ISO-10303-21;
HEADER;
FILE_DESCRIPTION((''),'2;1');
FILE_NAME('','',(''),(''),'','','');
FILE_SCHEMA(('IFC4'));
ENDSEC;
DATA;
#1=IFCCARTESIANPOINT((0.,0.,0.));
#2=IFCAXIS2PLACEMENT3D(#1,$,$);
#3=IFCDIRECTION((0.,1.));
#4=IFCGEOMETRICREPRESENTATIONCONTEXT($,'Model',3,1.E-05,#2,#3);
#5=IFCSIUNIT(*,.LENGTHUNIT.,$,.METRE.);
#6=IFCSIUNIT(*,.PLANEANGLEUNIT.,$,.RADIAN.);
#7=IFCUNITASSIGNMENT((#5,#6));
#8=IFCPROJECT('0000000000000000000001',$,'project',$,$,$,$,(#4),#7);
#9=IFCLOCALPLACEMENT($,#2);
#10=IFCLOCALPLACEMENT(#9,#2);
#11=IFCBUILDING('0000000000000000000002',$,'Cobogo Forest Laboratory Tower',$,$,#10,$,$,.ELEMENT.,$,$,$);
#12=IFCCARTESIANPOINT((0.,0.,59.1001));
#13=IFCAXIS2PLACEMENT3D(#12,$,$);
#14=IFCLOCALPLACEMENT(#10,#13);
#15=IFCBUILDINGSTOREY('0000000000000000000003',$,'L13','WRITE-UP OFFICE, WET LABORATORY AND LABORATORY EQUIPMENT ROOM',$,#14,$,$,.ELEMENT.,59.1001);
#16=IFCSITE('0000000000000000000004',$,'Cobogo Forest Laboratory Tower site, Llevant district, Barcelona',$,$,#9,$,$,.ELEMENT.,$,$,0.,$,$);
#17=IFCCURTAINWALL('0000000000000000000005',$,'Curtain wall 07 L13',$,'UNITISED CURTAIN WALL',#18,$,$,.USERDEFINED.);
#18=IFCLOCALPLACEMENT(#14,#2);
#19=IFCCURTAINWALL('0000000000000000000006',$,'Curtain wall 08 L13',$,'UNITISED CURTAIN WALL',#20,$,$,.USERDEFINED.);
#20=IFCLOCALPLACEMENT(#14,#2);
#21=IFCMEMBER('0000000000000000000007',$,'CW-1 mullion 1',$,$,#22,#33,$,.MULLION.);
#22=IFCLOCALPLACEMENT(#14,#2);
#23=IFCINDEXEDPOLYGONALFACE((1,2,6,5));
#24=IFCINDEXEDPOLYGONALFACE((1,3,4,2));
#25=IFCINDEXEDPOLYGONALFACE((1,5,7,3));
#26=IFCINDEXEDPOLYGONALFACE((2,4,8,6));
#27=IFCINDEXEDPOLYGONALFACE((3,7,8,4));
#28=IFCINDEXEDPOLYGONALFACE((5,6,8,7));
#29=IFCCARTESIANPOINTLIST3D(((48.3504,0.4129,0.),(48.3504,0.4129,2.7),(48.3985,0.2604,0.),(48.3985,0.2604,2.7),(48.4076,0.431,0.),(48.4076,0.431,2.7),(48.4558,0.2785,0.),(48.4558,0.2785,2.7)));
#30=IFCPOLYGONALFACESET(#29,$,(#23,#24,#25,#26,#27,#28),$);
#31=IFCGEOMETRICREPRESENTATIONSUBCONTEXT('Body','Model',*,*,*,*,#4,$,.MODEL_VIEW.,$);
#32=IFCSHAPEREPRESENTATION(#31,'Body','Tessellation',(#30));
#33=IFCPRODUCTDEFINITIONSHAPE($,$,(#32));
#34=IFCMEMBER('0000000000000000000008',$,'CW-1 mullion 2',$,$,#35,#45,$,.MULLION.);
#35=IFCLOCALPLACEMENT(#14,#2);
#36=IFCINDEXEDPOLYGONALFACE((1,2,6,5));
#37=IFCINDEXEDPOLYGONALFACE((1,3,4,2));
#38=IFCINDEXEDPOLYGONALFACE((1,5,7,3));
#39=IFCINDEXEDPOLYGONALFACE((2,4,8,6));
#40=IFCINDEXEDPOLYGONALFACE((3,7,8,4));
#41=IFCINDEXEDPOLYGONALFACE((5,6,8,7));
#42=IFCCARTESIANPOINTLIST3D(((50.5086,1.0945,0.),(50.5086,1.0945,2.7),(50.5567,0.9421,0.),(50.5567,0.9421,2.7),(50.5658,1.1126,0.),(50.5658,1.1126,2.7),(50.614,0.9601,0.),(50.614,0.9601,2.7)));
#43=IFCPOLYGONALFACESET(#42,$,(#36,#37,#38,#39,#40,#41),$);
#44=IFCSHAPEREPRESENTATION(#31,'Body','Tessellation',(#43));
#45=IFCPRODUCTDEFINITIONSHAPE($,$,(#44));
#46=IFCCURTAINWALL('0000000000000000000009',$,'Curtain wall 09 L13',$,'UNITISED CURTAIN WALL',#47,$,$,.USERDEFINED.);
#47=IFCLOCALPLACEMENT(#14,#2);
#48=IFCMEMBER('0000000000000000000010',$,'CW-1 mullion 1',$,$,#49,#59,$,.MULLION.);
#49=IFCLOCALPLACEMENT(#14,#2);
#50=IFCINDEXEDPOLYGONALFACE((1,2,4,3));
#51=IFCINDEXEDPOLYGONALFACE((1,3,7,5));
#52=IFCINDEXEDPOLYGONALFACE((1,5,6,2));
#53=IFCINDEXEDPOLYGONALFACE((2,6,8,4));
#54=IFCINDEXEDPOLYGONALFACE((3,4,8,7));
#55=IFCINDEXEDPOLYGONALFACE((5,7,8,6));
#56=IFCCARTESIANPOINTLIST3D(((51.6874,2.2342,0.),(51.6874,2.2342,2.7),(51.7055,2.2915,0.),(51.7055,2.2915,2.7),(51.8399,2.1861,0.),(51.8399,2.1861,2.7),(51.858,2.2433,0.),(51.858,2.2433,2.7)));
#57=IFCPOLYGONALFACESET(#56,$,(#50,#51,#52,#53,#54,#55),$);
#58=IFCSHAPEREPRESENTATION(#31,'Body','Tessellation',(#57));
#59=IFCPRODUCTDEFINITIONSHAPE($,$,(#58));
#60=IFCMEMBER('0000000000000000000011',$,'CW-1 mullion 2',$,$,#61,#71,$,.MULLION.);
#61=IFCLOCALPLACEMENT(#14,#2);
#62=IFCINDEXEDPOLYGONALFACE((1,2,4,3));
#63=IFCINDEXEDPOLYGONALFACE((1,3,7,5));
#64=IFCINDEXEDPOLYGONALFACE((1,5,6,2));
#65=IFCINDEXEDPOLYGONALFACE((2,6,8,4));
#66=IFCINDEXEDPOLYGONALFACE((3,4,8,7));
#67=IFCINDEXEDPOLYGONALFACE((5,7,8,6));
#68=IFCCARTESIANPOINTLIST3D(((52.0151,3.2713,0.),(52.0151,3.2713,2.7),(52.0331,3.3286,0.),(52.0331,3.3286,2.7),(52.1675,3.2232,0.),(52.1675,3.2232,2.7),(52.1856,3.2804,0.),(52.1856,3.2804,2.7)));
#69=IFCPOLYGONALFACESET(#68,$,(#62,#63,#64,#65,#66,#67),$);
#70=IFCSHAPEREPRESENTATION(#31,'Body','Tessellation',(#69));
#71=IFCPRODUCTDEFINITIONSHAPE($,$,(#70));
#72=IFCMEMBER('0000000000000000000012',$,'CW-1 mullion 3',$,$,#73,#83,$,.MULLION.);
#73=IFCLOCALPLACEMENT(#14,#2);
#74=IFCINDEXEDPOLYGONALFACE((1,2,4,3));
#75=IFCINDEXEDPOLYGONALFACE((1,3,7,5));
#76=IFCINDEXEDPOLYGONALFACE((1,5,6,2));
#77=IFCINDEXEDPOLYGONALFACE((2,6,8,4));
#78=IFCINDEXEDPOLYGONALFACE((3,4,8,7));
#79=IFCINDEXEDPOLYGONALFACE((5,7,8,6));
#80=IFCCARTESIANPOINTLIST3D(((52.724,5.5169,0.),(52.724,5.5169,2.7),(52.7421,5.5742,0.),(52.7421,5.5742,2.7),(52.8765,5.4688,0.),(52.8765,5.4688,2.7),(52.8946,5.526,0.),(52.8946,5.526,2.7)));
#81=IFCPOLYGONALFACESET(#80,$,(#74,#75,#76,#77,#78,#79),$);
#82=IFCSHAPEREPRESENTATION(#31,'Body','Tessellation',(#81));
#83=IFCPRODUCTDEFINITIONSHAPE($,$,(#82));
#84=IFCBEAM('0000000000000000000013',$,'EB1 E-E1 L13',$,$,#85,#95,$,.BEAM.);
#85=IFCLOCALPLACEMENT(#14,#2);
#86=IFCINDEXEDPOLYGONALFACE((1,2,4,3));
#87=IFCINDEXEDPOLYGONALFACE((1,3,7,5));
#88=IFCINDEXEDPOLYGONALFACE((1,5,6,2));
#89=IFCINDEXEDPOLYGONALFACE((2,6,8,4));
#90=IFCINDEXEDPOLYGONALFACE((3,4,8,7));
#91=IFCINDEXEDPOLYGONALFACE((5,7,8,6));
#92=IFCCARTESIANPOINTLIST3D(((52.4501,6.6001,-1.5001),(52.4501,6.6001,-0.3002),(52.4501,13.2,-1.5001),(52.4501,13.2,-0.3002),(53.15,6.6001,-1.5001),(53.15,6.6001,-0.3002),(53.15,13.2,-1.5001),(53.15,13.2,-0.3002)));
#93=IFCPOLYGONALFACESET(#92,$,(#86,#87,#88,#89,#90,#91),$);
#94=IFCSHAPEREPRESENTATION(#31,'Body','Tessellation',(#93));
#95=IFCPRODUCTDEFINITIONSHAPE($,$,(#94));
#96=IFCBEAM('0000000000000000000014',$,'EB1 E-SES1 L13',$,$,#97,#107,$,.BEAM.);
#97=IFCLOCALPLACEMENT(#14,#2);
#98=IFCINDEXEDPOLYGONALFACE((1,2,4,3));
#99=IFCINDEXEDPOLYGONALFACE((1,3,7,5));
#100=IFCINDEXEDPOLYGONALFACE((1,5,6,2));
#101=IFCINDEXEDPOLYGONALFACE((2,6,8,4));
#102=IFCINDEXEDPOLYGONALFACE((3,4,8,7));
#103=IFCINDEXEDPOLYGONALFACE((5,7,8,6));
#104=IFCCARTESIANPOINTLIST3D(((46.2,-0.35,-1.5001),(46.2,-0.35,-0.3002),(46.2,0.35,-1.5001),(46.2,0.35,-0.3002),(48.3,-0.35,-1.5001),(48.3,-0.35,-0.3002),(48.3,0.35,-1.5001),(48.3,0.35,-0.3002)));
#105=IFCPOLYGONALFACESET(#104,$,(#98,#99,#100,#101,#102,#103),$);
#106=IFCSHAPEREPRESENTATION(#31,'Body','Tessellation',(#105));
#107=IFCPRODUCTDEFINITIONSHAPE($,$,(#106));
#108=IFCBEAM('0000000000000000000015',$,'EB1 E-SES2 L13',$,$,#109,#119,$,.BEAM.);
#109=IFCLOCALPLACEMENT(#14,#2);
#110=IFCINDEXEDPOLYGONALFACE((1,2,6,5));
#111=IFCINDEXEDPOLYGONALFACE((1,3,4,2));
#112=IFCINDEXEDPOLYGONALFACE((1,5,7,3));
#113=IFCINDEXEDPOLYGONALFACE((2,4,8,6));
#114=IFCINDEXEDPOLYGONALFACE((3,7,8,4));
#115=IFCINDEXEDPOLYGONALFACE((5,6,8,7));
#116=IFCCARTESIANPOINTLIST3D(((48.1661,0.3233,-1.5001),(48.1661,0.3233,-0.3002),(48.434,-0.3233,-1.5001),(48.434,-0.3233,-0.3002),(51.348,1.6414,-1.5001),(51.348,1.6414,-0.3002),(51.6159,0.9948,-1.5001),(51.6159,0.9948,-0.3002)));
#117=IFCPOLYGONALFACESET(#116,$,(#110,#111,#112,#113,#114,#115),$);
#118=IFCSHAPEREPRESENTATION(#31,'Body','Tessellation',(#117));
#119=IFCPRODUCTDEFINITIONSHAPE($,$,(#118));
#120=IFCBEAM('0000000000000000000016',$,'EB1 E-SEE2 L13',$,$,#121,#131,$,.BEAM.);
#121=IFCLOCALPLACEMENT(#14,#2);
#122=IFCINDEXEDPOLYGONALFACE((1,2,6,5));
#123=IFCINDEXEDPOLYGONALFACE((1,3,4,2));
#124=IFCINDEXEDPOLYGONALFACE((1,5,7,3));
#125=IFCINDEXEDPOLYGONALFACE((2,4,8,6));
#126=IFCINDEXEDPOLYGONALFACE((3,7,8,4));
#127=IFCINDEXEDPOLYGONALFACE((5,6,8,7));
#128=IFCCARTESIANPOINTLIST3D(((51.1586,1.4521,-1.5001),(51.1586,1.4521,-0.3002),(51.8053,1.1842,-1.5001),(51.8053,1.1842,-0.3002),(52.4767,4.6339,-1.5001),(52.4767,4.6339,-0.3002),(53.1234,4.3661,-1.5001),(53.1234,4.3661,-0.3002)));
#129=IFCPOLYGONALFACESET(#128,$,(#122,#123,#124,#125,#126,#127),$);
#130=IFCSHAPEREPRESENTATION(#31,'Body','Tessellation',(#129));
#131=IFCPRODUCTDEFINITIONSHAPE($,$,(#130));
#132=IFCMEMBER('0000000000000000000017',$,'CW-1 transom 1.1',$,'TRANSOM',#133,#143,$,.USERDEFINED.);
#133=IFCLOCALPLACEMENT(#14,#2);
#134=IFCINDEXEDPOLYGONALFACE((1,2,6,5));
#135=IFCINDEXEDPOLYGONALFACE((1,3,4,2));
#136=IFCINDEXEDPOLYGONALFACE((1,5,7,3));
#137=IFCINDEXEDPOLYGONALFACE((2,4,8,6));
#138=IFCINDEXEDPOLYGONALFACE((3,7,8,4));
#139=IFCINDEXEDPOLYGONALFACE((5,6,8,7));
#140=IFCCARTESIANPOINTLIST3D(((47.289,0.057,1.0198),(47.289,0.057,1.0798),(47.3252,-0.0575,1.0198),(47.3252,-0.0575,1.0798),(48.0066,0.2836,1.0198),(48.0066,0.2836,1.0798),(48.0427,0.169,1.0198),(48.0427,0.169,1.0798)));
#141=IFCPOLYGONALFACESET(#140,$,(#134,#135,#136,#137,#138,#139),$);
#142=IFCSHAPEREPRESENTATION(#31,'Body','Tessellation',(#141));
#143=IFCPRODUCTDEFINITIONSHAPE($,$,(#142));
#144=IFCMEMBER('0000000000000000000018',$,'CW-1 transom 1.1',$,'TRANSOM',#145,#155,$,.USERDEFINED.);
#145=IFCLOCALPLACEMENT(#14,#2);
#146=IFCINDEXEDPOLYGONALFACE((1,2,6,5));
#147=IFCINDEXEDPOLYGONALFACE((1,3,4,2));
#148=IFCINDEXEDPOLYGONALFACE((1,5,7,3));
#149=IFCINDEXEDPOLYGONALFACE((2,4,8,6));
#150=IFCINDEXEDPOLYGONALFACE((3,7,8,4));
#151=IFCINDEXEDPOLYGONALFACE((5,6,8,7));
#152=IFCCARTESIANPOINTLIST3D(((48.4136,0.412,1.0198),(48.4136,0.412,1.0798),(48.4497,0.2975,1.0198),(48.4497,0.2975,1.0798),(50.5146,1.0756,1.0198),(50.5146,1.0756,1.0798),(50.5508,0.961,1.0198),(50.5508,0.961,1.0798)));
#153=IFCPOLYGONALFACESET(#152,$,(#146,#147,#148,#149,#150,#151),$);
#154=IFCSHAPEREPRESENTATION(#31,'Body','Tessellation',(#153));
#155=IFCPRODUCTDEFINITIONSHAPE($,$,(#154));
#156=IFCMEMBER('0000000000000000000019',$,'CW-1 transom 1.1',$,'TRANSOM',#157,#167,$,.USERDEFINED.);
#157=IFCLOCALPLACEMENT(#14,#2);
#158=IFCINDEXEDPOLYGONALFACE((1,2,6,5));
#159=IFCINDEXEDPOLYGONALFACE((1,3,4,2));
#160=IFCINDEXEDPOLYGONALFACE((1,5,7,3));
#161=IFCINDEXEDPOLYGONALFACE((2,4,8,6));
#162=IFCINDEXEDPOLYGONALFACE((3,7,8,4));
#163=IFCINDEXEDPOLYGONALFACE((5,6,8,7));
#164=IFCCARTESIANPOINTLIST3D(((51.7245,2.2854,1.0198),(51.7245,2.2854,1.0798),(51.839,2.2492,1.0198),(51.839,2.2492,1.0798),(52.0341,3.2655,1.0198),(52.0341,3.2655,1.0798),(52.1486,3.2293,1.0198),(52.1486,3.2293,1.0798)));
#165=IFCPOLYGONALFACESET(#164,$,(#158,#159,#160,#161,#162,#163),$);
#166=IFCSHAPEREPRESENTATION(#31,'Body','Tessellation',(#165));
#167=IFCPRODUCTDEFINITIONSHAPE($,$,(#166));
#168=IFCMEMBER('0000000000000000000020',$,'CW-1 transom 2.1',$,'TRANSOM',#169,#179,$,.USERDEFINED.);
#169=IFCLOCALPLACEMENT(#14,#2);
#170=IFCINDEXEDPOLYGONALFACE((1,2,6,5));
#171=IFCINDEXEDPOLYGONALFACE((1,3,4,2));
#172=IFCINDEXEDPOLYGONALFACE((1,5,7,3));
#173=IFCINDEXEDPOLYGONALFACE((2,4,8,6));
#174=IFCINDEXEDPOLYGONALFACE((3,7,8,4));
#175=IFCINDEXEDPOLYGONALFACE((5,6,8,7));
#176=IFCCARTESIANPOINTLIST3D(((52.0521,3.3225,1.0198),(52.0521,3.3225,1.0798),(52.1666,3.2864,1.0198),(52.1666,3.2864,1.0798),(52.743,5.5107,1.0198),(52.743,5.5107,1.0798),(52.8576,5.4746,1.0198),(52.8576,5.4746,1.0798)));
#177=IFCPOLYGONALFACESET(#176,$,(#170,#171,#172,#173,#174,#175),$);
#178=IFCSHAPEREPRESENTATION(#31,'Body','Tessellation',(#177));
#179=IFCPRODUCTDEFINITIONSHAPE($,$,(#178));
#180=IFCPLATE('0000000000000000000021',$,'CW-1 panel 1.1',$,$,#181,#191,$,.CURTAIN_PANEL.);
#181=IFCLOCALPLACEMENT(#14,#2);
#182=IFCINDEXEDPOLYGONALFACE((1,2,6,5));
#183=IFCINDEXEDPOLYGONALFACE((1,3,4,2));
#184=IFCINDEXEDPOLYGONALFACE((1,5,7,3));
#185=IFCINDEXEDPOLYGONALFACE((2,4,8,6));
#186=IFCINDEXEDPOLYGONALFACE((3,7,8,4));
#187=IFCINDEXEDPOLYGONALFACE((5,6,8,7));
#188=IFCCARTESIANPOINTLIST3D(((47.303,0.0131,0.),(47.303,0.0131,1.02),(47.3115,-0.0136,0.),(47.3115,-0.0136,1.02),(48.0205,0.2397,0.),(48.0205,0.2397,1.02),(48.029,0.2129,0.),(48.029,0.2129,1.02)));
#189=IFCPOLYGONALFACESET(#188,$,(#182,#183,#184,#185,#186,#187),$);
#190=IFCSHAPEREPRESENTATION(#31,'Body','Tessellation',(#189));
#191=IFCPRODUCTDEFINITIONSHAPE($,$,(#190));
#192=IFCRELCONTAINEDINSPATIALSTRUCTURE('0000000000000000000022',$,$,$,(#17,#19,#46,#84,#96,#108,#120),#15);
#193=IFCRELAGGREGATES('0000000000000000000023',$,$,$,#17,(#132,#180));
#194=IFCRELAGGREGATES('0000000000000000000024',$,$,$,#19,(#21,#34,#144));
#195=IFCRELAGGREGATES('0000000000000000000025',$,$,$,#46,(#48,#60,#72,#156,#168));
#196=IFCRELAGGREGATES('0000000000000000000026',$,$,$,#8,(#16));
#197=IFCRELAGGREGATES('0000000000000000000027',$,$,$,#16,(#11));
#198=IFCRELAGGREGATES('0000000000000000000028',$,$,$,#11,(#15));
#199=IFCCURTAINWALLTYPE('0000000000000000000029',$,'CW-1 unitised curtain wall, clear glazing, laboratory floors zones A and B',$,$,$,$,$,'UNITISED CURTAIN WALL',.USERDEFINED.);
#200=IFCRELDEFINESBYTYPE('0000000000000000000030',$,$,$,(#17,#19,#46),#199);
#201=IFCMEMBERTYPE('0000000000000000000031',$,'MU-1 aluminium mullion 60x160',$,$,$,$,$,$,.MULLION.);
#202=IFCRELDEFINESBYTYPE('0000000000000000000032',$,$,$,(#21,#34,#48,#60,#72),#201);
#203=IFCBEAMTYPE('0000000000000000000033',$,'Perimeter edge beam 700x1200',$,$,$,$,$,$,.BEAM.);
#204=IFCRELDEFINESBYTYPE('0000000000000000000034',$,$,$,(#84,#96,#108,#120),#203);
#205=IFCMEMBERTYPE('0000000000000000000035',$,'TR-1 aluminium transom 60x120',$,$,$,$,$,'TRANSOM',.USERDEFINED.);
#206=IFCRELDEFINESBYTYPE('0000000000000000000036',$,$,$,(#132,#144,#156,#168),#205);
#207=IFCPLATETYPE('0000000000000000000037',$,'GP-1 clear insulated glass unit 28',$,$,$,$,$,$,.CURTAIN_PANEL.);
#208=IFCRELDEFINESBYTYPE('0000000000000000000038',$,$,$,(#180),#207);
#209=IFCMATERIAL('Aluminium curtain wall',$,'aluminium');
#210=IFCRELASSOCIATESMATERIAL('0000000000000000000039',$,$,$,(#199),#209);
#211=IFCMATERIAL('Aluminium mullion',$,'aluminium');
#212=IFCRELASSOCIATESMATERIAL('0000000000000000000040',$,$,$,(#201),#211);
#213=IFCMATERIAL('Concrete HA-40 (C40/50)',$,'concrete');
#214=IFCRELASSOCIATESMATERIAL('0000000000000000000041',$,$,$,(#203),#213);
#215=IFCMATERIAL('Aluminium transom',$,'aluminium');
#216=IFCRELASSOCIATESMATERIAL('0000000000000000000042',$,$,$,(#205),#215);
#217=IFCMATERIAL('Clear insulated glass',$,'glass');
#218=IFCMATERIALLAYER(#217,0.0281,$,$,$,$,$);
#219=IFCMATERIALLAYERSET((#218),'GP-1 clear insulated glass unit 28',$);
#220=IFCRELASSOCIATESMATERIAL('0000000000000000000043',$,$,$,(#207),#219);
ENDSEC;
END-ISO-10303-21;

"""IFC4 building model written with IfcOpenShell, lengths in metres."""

from ifc_helpers import new_model, si_unit, direction, frame, origin, origin_2d, place, context, subcontext, project, spatial, rectangle, extrude, material, layer, layer_set, material_profile, profile_set, type_object, element, aggregate, save


model = new_model("IFC4")

# Units and contexts
model_context = context("Model", 3, precision=1e-05, world=origin(), true_north=direction((0.0, 1.0)))
body_context = subcontext(model_context, "Body", "Model", "MODEL_VIEW")
ifc_project = project(units=[si_unit("LENGTHUNIT", "METRE"), si_unit("PLANEANGLEUNIT", "RADIAN")], contexts=[model_context])

# Site, building, storey
site_placement = place(None, origin())
site = spatial("IfcSite", under=ifc_project, at=site_placement, Name="Cobogo Forest Laboratory Tower site, Llevant district, Barcelona", CompositionType="ELEMENT", RefElevation=0.0)
building_placement = place(site_placement, origin())
building = spatial("IfcBuilding", under=site, at=building_placement, Name="Cobogo Forest Laboratory Tower", CompositionType="ELEMENT")
storey_placement = place(building_placement, frame((0.0, 0.0, 59.1001)))
storey = spatial("IfcBuildingStorey", under=building, at=storey_placement, Name="L13", Description="WRITE-UP OFFICE, WET LABORATORY AND LABORATORY EQUIPMENT ROOM", CompositionType="ELEMENT", Elevation=59.1001)

# Curtain walls, members
ifc_material_1 = material(Name="Aluminium curtain wall", Category="aluminium")
curtain_wall_type = type_object("IfcCurtainWallType", Name="CW-1 unitised curtain wall, clear glazing, laboratory floors zones A and B", ElementType="UNITISED CURTAIN WALL", PredefinedType="USERDEFINED", material=ifc_material_1)
curtain_wall_1_placement = place(storey_placement, origin())
curtain_wall_1 = element("IfcCurtainWall", 1, at=curtain_wall_1_placement, inside=storey, type_object=curtain_wall_type, Name="Curtain wall 07 L13", ObjectType="UNITISED CURTAIN WALL", PredefinedType="USERDEFINED")
ifc_material_2 = material(Name="Aluminium mullion", Category="aluminium")
ifc_material_profile_1 = material_profile(ifc_material_2, rectangle(XDim=0.0601, YDim=0.1599, at=origin_2d()), Name="AL 60x160")
ifc_profile_set_1 = profile_set([ifc_material_profile_1], Name="Aluminium mullion")
member_type_1 = type_object("IfcMemberType", Name="MU-1 aluminium mullion 60x160", PredefinedType="MULLION", material=ifc_profile_set_1)
curtain_wall_2_placement = place(storey_placement, origin())
curtain_wall_2 = element("IfcCurtainWall", 2, at=curtain_wall_2_placement, inside=storey, type_object=curtain_wall_type, Name="Curtain wall 08 L13", ObjectType="UNITISED CURTAIN WALL", PredefinedType="USERDEFINED")
member_1_placement = place(storey_placement, frame((48.4031, 0.3457, 0.0), z_axis=(0.0, 0.0, 1.0), x_axis=(0.953581, 0.301135, 0.0)))
member_1 = element("IfcMember", 3, at=member_1_placement, type_object=member_type_1, Name="CW-1 mullion 1", PredefinedType="MULLION", context=body_context, shape_type="SweptSolid", body=[
    extrude(rectangle(XDim=0.0601, YDim=0.1599, at=origin_2d()), origin(), (0.0, 0.0, 1.0), 2.7),
])
member_2_placement = place(storey_placement, frame((50.5613, 1.0273, 0.0), z_axis=(0.0, 0.0, 1.0), x_axis=(0.953581, 0.301135, 0.0)))
member_2 = element("IfcMember", 4, at=member_2_placement, type_object=member_type_1, Name="CW-1 mullion 2", PredefinedType="MULLION", context=body_context, shape_type="SweptSolid", body=[
    extrude(rectangle(XDim=0.0601, YDim=0.1599, at=origin_2d()), origin(), (0.0, 0.0, 1.0), 2.7),
])
curtain_wall_3_placement = place(storey_placement, origin())
curtain_wall_3 = element("IfcCurtainWall", 5, at=curtain_wall_3_placement, inside=storey, type_object=curtain_wall_type, Name="Curtain wall 09 L13", ObjectType="UNITISED CURTAIN WALL", PredefinedType="USERDEFINED")
member_3_placement = place(storey_placement, frame((51.7727, 2.2388, 0.0), z_axis=(0.0, 0.0, 1.0), x_axis=(0.301135, 0.953581, 0.0)))
member_3 = element("IfcMember", 6, at=member_3_placement, type_object=member_type_1, Name="CW-1 mullion 1", PredefinedType="MULLION", context=body_context, shape_type="SweptSolid", body=[
    extrude(rectangle(XDim=0.0601, YDim=0.1599, at=origin_2d()), origin(), (0.0, 0.0, 1.0), 2.7),
])
member_4_placement = place(storey_placement, frame((52.1003, 3.2759, 0.0), z_axis=(0.0, 0.0, 1.0), x_axis=(0.301135, 0.953581, 0.0)))
member_4 = element("IfcMember", 7, at=member_4_placement, type_object=member_type_1, Name="CW-1 mullion 2", PredefinedType="MULLION", context=body_context, shape_type="SweptSolid", body=[
    extrude(rectangle(XDim=0.0601, YDim=0.1599, at=origin_2d()), origin(), (0.0, 0.0, 1.0), 2.7),
])
member_5_placement = place(storey_placement, frame((52.8093, 5.5215, 0.0), z_axis=(0.0, 0.0, 1.0), x_axis=(0.301135, 0.953581, 0.0)))
member_5 = element("IfcMember", 8, at=member_5_placement, type_object=member_type_1, Name="CW-1 mullion 3", PredefinedType="MULLION", context=body_context, shape_type="SweptSolid", body=[
    extrude(rectangle(XDim=0.0601, YDim=0.1599, at=origin_2d()), origin(), (0.0, 0.0, 1.0), 2.7),
])

# Beams
ifc_material_3 = material(Name="Concrete HA-40 (C40/50)", Category="concrete")
ifc_material_profile_2 = material_profile(ifc_material_3, rectangle(XDim=0.7, YDim=1.2, at=origin_2d()), Name="RC 700x1200")
ifc_profile_set_2 = profile_set([ifc_material_profile_2], Name="Concrete HA-40 (C40/50)")
beam_type_1 = type_object("IfcBeamType", Name="Perimeter edge beam 700x1200", PredefinedType="BEAM", material=ifc_profile_set_2)
beam_1_placement = place(storey_placement, frame((52.8, 6.6001, -0.9001), z_axis=(0.0, 1.0, 0.0), x_axis=(-1.0, 0.0, 0.0)))
element("IfcBeam", 9, at=beam_1_placement, inside=storey, type_object=beam_type_1, Name="EB1 E-E1 L13", PredefinedType="BEAM", context=body_context, shape_type="SweptSolid", body=[
    extrude(rectangle(XDim=0.7, YDim=1.2, at=origin_2d()), origin(), (0.0, 0.0, 1.0), 6.5999),
])
beam_2_placement = place(storey_placement, frame((46.2, 0.0, -0.9001), z_axis=(1.0, 0.0, 0.0), x_axis=(0.0, 1.0, 0.0)))
element("IfcBeam", 10, at=beam_2_placement, inside=storey, type_object=beam_type_1, Name="EB1 E-SES1 L13", PredefinedType="BEAM", context=body_context, shape_type="SweptSolid", body=[
    extrude(rectangle(XDim=0.7, YDim=1.2, at=origin_2d()), origin(), (0.0, 0.0, 1.0), 2.1001),
])
for number, where, z_axis, x_axis, name in (
    (11, (48.3, 0.0, -0.9001), (0.923866, 0.382717, 0.0), (-0.382717, 0.923866, 0.0), "EB1 E-SES2 L13"),
    (12, (52.8, 4.5, -0.9001), (-0.382717, -0.923866, 0.0), (0.923866, -0.382717, 0.0), "EB1 E-SEE2 L13"),
):
    element("IfcBeam", number, at=place(storey_placement, frame(where, z_axis=z_axis, x_axis=x_axis)), inside=storey, type_object=beam_type_1, Name=name, PredefinedType="BEAM", context=body_context, shape_type="SweptSolid", body=[
        extrude(rectangle(XDim=0.7, YDim=1.2, at=origin_2d()), origin(), (0.0, 0.0, 1.0), 3.4441),
    ])

# Members
ifc_material_4 = material(Name="Aluminium transom", Category="aluminium")
ifc_material_profile_3 = material_profile(ifc_material_4, rectangle(XDim=0.1201, YDim=0.0601, at=origin_2d()), Name="AL 60x120")
ifc_profile_set_3 = profile_set([ifc_material_profile_3], Name="Aluminium transom")
member_type_2 = type_object("IfcMemberType", Name="TR-1 aluminium transom 60x120", ElementType="TRANSOM", PredefinedType="USERDEFINED", material=ifc_profile_set_3)
member_6_placement = place(storey_placement, frame((47.3071, -0.0002, 1.0498), z_axis=(0.953592, 0.3011, 0.0), x_axis=(-0.3011, 0.953592, 0.0)))
member_6 = element("IfcMember", 13, at=member_6_placement, type_object=member_type_2, Name="CW-1 transom 1.1", ObjectType="TRANSOM", PredefinedType="USERDEFINED", context=body_context, shape_type="SweptSolid", body=[
    extrude(rectangle(XDim=0.1201, YDim=0.0601, at=origin_2d()), origin(), (0.0, 0.0, 1.0), 0.7524),
])
member_7_placement = place(storey_placement, frame((48.4316, 0.3547, 1.0498), z_axis=(0.953573, 0.301163, 0.0), x_axis=(-0.301163, 0.953573, 0.0)))
member_7 = element("IfcMember", 14, at=member_7_placement, type_object=member_type_2, Name="CW-1 transom 1.1", ObjectType="TRANSOM", PredefinedType="USERDEFINED", context=body_context, shape_type="SweptSolid", body=[
    extrude(rectangle(XDim=0.1201, YDim=0.0601, at=origin_2d()), origin(), (0.0, 0.0, 1.0), 2.2034),
])
member_8_placement = place(storey_placement, frame((51.7817, 2.2673, 1.0498), z_axis=(0.301222, 0.953554, 0.0), x_axis=(-0.953554, 0.301222, 0.0)))
member_8 = element("IfcMember", 15, at=member_8_placement, type_object=member_type_2, Name="CW-1 transom 1.1", ObjectType="TRANSOM", PredefinedType="USERDEFINED", context=body_context, shape_type="SweptSolid", body=[
    extrude(rectangle(XDim=0.1201, YDim=0.0601, at=origin_2d()), origin(), (0.0, 0.0, 1.0), 1.0278),
])
member_9_placement = place(storey_placement, frame((52.1094, 3.3044, 1.0498), z_axis=(0.301091, 0.953596, 0.0), x_axis=(-0.953596, 0.301091, 0.0)))
member_9 = element("IfcMember", 16, at=member_9_placement, type_object=member_type_2, Name="CW-1 transom 2.1", ObjectType="TRANSOM", PredefinedType="USERDEFINED", context=body_context, shape_type="SweptSolid", body=[
    extrude(rectangle(XDim=0.1201, YDim=0.0601, at=origin_2d()), origin(), (0.0, 0.0, 1.0), 2.2947),
])

# Plate
ifc_material_5 = material(Name="Clear insulated glass", Category="glass")
ifc_layer = layer(ifc_material_5, 0.0281)
ifc_layer_set = layer_set([ifc_layer], Name="GP-1 clear insulated glass unit 28")
plate_type = type_object("IfcPlateType", Name="GP-1 clear insulated glass unit 28", PredefinedType="CURTAIN_PANEL", material=ifc_layer_set)
plate_1_placement = place(storey_placement, frame((47.666, 0.113, 0.0), z_axis=(0.0, 0.0, 1.0), x_axis=(0.953582, 0.301135, 0.0)))
plate_1 = element("IfcPlate", 17, at=plate_1_placement, type_object=plate_type, Name="CW-1 panel 1.1", PredefinedType="CURTAIN_PANEL", context=body_context, shape_type="SweptSolid", body=[
    extrude(rectangle(XDim=0.7524, YDim=0.0281, at=origin_2d()), origin(), (0.0, 0.0, 1.0), 1.02),
])
aggregate(curtain_wall_1, [member_6, plate_1])
aggregate(curtain_wall_2, [member_1, member_2, member_7])
aggregate(curtain_wall_3, [member_3, member_4, member_5, member_8, member_9])

save(model, "model.ifc")
